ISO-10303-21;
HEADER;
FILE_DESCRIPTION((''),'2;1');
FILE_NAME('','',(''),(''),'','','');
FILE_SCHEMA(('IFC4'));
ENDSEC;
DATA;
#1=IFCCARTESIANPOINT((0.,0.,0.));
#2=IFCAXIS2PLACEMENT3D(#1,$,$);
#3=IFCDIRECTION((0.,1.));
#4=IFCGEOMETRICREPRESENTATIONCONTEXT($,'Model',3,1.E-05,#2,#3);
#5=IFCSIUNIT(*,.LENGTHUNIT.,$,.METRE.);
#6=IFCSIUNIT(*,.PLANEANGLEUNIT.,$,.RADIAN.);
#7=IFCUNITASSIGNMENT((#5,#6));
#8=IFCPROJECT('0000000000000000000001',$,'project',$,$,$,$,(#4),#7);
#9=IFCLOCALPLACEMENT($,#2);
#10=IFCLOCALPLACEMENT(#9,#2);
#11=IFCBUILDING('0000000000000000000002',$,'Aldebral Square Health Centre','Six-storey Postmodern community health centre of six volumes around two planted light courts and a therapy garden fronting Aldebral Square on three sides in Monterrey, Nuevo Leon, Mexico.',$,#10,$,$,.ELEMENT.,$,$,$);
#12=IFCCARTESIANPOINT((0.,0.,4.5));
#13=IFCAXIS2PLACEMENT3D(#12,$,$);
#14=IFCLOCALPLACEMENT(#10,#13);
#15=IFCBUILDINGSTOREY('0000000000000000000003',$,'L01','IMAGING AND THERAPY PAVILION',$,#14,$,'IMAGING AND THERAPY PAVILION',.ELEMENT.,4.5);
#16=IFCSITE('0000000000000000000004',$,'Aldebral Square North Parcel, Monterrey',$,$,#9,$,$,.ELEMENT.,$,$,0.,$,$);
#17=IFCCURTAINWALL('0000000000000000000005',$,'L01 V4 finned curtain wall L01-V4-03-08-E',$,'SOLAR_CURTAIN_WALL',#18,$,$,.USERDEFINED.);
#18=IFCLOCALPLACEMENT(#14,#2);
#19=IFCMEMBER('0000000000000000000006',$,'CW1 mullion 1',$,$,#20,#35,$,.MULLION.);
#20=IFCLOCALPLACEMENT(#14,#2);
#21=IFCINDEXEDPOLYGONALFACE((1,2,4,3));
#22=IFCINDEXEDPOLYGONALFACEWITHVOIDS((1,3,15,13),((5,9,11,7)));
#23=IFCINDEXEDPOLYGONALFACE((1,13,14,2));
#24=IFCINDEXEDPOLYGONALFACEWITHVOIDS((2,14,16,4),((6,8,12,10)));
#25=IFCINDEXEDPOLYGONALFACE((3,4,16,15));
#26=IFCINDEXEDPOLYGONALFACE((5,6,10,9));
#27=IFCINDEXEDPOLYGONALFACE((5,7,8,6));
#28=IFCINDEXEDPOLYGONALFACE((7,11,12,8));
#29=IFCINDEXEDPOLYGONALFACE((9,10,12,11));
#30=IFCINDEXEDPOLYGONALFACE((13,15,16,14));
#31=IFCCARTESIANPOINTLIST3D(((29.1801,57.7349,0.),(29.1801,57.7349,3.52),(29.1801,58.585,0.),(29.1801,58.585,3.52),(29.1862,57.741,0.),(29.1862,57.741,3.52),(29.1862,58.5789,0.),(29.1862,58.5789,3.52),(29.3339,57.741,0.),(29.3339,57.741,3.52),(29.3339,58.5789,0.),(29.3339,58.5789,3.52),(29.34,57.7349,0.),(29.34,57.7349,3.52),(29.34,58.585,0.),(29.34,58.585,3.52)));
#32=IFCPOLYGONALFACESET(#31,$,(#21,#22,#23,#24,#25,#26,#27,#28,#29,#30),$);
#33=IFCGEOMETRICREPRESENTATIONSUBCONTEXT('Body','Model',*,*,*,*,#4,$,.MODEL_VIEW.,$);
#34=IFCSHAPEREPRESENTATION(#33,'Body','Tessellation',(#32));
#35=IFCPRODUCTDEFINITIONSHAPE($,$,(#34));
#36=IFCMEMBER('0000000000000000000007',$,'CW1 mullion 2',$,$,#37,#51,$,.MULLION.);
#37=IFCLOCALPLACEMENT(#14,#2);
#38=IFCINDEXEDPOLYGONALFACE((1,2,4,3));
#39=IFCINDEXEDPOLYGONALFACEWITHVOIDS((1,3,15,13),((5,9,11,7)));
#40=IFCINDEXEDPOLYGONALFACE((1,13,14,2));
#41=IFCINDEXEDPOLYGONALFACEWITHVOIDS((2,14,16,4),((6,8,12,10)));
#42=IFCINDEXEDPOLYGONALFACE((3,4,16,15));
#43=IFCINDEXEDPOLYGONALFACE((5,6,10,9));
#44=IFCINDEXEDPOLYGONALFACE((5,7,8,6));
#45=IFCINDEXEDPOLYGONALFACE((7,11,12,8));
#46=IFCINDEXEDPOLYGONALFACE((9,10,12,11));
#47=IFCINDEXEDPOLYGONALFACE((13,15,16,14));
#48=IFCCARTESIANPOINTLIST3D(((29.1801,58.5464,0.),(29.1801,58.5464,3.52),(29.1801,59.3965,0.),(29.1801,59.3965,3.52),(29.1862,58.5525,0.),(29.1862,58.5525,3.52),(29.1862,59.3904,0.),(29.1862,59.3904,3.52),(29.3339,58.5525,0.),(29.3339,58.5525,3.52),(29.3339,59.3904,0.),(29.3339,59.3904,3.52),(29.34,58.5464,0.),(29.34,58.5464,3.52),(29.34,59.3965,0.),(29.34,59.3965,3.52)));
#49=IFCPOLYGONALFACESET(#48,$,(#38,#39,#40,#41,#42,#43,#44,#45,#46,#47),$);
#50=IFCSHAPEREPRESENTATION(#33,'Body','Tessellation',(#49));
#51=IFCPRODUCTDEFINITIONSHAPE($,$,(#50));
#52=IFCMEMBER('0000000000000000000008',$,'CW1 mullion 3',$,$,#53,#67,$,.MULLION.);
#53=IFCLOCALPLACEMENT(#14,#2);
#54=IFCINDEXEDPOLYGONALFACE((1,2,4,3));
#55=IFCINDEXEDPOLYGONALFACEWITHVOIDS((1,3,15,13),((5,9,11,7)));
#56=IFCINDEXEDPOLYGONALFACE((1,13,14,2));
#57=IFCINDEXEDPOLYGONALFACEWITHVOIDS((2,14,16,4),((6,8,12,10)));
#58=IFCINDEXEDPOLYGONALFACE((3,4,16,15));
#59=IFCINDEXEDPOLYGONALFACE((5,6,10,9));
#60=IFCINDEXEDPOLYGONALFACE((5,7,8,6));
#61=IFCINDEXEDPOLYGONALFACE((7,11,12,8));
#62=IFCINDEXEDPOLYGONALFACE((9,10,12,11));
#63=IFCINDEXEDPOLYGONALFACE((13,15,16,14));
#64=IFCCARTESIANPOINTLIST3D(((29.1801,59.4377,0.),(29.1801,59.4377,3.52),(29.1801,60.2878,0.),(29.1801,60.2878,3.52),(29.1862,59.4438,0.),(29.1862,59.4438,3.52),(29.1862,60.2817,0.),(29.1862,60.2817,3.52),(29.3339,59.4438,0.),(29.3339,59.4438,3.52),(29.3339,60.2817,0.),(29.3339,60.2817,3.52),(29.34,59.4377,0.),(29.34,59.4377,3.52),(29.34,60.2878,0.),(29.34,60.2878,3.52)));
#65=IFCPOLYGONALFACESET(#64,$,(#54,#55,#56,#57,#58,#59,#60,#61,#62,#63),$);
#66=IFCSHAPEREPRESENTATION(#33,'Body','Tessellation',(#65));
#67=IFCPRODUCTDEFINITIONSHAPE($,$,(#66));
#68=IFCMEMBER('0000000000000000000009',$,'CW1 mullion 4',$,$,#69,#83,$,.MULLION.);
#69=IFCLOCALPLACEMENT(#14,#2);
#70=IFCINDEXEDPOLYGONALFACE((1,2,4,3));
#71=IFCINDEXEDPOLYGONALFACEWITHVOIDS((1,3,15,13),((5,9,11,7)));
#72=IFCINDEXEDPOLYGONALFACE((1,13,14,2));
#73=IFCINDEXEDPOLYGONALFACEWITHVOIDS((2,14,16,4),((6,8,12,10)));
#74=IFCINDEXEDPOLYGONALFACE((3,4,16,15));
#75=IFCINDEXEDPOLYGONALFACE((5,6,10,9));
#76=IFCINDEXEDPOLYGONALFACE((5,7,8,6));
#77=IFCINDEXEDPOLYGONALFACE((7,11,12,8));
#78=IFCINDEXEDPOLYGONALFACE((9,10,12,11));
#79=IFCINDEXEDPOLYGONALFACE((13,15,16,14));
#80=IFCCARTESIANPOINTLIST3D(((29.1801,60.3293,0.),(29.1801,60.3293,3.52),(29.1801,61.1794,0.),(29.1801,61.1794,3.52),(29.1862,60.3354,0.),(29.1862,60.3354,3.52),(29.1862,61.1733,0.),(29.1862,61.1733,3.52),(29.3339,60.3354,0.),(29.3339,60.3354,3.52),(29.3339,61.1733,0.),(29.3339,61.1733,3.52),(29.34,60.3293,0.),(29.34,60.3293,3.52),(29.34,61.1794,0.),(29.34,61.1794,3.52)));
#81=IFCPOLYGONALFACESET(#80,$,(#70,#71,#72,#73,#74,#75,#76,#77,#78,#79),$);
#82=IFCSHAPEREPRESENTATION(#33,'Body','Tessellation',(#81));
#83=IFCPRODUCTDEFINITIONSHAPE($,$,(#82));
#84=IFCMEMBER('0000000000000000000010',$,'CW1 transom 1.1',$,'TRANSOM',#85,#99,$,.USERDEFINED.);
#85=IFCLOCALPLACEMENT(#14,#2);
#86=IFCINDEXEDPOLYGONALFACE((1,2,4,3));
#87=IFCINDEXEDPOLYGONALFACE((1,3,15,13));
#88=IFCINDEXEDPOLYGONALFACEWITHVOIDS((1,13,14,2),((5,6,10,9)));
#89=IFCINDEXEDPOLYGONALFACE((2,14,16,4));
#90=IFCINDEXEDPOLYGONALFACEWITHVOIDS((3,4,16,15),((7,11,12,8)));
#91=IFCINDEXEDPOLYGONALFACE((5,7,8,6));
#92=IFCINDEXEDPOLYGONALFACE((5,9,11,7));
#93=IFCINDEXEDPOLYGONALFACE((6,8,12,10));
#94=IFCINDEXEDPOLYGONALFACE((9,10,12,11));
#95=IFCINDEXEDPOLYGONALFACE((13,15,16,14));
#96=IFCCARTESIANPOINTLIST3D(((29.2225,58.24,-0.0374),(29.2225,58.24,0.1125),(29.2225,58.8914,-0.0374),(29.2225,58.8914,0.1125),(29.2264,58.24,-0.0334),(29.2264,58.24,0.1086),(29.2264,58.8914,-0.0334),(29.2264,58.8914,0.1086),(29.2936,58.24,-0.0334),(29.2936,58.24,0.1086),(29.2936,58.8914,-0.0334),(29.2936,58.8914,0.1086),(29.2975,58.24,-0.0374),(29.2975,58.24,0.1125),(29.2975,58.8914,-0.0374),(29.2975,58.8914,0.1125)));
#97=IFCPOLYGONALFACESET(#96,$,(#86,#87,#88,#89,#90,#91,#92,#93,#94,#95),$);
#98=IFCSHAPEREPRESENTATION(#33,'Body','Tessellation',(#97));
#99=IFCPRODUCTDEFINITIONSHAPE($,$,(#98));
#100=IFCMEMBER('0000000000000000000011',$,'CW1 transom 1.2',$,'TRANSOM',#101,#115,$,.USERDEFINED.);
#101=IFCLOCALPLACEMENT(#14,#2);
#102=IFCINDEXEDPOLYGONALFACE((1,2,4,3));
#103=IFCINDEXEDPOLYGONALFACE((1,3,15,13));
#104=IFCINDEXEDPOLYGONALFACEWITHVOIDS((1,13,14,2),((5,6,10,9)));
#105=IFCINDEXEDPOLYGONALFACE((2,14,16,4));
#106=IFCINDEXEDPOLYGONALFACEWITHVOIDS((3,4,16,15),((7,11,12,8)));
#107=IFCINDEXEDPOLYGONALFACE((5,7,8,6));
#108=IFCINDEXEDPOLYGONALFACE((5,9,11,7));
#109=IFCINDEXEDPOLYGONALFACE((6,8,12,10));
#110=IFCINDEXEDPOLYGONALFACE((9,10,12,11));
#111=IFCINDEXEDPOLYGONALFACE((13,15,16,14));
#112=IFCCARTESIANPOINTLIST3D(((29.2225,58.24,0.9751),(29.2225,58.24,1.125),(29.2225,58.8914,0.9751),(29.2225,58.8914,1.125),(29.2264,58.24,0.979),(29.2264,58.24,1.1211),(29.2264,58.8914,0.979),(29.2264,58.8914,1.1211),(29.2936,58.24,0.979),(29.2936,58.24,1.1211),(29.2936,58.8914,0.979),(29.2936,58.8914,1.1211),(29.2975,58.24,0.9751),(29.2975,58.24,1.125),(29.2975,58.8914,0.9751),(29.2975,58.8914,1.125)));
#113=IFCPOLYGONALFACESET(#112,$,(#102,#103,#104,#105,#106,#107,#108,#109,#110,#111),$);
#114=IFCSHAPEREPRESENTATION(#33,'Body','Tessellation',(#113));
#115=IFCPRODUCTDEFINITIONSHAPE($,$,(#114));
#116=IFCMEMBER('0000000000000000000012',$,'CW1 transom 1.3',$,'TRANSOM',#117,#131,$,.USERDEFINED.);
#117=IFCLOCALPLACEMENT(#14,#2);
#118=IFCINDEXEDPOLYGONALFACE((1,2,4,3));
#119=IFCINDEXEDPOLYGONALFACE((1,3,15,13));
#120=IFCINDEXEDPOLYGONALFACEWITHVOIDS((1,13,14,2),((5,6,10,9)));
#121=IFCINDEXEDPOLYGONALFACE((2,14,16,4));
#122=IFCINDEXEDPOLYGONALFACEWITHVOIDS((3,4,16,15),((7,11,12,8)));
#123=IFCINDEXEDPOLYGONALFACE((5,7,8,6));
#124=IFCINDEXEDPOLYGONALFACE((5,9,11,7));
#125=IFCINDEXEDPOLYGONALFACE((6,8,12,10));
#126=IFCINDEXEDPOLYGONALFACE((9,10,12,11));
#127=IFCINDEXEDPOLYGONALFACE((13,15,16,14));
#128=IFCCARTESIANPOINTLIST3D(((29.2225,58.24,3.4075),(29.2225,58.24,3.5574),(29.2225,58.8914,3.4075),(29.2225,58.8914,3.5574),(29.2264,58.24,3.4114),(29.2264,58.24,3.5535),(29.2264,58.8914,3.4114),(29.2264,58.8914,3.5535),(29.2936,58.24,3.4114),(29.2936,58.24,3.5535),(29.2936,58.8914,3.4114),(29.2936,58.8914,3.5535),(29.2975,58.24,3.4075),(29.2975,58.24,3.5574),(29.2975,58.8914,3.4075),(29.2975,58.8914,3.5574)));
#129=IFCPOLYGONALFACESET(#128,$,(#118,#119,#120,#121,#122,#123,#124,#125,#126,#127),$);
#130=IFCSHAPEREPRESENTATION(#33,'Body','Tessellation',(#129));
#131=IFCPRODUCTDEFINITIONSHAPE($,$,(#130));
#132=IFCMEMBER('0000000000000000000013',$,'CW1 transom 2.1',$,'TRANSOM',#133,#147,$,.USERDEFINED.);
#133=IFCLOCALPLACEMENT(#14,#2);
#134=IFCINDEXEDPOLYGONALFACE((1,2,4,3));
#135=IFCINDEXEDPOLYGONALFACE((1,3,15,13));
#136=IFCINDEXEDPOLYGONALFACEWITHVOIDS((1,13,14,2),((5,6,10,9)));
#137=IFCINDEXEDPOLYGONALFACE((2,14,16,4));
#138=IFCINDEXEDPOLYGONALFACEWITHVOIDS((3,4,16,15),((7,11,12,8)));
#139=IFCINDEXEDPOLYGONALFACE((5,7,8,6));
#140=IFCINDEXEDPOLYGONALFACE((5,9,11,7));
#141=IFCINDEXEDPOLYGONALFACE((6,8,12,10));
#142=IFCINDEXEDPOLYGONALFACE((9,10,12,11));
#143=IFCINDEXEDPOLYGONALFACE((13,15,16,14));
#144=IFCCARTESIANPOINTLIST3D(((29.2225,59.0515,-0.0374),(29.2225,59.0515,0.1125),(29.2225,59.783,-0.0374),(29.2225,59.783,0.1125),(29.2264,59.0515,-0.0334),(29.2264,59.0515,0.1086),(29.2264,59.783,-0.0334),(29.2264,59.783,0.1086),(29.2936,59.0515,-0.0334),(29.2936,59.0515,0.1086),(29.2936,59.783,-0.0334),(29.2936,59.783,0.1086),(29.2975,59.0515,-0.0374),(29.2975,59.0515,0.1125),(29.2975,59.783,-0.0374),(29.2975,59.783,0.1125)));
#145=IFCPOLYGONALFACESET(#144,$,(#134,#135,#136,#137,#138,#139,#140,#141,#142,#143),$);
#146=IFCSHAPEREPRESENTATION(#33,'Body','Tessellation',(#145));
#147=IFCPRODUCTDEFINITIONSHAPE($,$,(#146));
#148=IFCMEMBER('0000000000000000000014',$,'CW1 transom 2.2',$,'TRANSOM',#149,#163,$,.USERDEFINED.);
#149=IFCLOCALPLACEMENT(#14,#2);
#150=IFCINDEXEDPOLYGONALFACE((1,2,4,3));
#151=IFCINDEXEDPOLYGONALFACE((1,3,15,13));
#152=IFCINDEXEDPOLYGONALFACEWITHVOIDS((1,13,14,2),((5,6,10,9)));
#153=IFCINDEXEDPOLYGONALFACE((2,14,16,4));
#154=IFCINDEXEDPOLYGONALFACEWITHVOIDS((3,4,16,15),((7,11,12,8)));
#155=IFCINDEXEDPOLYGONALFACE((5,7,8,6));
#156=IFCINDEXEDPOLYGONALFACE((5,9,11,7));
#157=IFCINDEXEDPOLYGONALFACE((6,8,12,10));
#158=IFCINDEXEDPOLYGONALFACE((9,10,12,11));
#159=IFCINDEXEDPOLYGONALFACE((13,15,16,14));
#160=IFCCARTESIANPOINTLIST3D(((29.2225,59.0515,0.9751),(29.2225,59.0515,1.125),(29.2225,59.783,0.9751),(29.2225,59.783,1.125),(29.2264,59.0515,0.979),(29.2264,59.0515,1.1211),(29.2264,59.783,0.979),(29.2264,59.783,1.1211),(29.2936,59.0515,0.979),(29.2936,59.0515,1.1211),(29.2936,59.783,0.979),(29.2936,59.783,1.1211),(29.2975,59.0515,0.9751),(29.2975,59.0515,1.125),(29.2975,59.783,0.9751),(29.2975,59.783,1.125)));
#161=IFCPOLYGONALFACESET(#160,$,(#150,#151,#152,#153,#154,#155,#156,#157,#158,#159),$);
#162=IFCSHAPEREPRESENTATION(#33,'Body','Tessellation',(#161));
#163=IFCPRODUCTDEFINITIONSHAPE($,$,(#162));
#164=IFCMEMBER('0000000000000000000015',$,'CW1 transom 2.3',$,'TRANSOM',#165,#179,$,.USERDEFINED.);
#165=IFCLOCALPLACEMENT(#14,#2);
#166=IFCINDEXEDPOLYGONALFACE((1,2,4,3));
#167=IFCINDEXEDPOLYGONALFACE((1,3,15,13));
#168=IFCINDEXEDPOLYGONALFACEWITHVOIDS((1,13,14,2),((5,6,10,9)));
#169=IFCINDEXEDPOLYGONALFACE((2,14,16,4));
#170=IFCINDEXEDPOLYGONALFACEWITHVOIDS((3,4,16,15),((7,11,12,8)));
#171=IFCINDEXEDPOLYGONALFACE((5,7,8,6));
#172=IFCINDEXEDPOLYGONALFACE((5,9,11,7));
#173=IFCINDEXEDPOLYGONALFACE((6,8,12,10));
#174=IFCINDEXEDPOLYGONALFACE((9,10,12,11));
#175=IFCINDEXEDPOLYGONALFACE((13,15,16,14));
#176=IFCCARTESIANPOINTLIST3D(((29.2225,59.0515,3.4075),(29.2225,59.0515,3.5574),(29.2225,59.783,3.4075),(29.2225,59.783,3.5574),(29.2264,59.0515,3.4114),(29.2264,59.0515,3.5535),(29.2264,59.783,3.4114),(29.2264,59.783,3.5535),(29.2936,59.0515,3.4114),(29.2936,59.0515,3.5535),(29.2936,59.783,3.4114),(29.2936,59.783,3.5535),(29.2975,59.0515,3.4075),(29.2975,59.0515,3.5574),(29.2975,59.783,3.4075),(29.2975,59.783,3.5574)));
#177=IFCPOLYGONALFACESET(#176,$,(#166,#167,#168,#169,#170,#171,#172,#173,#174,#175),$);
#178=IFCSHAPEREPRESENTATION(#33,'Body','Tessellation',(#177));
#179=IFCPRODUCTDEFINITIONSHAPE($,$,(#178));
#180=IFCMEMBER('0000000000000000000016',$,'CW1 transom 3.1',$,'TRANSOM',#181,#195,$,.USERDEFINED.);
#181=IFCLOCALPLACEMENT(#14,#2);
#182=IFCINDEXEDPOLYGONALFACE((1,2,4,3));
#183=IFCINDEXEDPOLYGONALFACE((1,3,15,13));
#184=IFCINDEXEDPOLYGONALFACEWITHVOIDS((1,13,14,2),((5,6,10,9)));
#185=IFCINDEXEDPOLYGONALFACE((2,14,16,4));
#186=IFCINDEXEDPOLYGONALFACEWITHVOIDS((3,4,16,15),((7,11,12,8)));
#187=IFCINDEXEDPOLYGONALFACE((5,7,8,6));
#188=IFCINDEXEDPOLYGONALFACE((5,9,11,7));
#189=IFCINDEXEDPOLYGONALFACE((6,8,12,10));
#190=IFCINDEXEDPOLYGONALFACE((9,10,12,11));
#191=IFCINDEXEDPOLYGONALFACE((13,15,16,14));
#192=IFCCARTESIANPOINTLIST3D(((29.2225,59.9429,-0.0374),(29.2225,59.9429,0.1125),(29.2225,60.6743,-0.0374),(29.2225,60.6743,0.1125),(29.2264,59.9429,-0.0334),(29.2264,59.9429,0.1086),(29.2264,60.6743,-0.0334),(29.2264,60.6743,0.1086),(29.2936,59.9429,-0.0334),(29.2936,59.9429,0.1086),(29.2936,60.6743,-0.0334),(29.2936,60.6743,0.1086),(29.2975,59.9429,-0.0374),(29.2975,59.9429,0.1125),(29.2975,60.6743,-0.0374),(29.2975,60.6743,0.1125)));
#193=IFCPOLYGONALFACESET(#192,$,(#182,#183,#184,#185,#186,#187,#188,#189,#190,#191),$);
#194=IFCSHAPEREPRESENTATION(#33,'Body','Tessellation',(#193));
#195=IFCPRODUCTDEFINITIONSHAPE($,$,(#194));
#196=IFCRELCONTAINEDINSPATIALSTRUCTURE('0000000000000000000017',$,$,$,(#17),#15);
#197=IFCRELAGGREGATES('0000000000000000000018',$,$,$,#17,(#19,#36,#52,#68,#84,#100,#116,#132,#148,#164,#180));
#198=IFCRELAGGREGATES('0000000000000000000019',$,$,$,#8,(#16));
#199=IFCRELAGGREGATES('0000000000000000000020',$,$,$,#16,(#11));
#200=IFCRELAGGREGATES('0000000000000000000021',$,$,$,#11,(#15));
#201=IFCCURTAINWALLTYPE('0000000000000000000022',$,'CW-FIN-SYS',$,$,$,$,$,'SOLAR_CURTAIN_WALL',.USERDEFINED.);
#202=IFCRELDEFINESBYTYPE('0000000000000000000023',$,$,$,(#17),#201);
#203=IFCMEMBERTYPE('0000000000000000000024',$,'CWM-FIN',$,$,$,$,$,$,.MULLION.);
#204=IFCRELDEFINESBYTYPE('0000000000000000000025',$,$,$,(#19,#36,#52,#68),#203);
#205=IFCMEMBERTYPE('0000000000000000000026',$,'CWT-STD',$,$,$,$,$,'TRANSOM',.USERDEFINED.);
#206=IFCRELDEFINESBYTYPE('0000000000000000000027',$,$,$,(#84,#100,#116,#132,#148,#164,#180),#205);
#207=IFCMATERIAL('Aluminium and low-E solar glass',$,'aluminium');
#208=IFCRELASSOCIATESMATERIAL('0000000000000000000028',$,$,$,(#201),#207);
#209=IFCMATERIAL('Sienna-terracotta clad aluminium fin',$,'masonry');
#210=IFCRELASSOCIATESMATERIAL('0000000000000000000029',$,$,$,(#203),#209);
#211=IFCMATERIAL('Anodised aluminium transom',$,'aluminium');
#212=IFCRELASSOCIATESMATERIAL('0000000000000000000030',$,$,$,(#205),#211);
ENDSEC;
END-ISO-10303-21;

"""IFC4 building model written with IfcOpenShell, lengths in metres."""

from ifc_helpers import new_model, si_unit, direction, frame, origin, origin_2d, place, context, subcontext, project, spatial, hollow_rectangle, extrude, material, material_profile, profile_set, type_object, element, aggregate, save


model = new_model("IFC4")

# Units and contexts
model_context = context("Model", 3, precision=1e-05, world=origin(), true_north=direction((0.0, 1.0)))
body_context = subcontext(model_context, "Body", "Model", "MODEL_VIEW")
ifc_project = project(units=[si_unit("LENGTHUNIT", "METRE"), si_unit("PLANEANGLEUNIT", "RADIAN")], contexts=[model_context])

# Site, building, storey
site_placement = place(None, origin())
site = spatial("IfcSite", under=ifc_project, at=site_placement, Name="Aldebral Square North Parcel, Monterrey", CompositionType="ELEMENT", RefElevation=0.0)
building_placement = place(site_placement, origin())
building = spatial("IfcBuilding", under=site, at=building_placement, Name="Aldebral Square Health Centre", Description="Six-storey Postmodern community health centre of six volumes around two planted light courts and a therapy garden fronting Aldebral Square on three sides in Monterrey, Nuevo Leon, Mexico.", CompositionType="ELEMENT")
storey_placement = place(building_placement, frame((0.0, 0.0, 4.5)))
storey = spatial("IfcBuildingStorey", under=building, at=storey_placement, Name="L01", Description="IMAGING AND THERAPY PAVILION", LongName="IMAGING AND THERAPY PAVILION", CompositionType="ELEMENT", Elevation=4.5)

# Curtain wall, members
ifc_material_1 = material(Name="Aluminium and low-E solar glass", Category="aluminium")
curtain_wall_type = type_object("IfcCurtainWallType", Name="CW-FIN-SYS", ElementType="SOLAR_CURTAIN_WALL", PredefinedType="USERDEFINED", material=ifc_material_1)
curtain_wall_placement = place(storey_placement, origin())
curtain_wall = element("IfcCurtainWall", 1, at=curtain_wall_placement, inside=storey, type_object=curtain_wall_type, Name="L01 V4 finned curtain wall L01-V4-03-08-E", ObjectType="SOLAR_CURTAIN_WALL", PredefinedType="USERDEFINED")
ifc_material_2 = material(Name="Sienna-terracotta clad aluminium fin", Category="masonry")
ifc_material_profile_1 = material_profile(ifc_material_2, hollow_rectangle(XDim=0.1599, YDim=0.8501, WallThickness=0.0061, at=origin_2d()), Name="FIN 160x850x6")
ifc_profile_set_1 = profile_set([ifc_material_profile_1], Name="Sienna-terracotta clad aluminium fin")
member_type_1 = type_object("IfcMemberType", Name="CWM-FIN", PredefinedType="MULLION", material=ifc_profile_set_1)
member_1_placement = place(storey_placement, frame((29.26, 58.1599, 0.0), z_axis=(0.0, 0.0, 1.0), x_axis=(-1.0, 0.0, 0.0)))
member_1 = element("IfcMember", 2, at=member_1_placement, type_object=member_type_1, Name="CW1 mullion 1", PredefinedType="MULLION", context=body_context, shape_type="SweptSolid", body=[
    extrude(hollow_rectangle(XDim=0.1599, YDim=0.8501, WallThickness=0.0061, at=origin_2d()), origin(), (0.0, 0.0, 1.0), 3.52),
])
member_2_placement = place(storey_placement, frame((29.26, 58.9714, 0.0), z_axis=(0.0, 0.0, 1.0), x_axis=(-1.0, 0.0, 0.0)))
member_2 = element("IfcMember", 3, at=member_2_placement, type_object=member_type_1, Name="CW1 mullion 2", PredefinedType="MULLION", context=body_context, shape_type="SweptSolid", body=[
    extrude(hollow_rectangle(XDim=0.1599, YDim=0.8501, WallThickness=0.0061, at=origin_2d()), origin(), (0.0, 0.0, 1.0), 3.52),
])
member_3_placement = place(storey_placement, frame((29.26, 59.8628, 0.0), z_axis=(0.0, 0.0, 1.0), x_axis=(-1.0, 0.0, 0.0)))
member_3 = element("IfcMember", 4, at=member_3_placement, type_object=member_type_1, Name="CW1 mullion 3", PredefinedType="MULLION", context=body_context, shape_type="SweptSolid", body=[
    extrude(hollow_rectangle(XDim=0.1599, YDim=0.8501, WallThickness=0.0061, at=origin_2d()), origin(), (0.0, 0.0, 1.0), 3.52),
])
member_4_placement = place(storey_placement, frame((29.26, 60.7544, 0.0), z_axis=(0.0, 0.0, 1.0), x_axis=(-1.0, 0.0, 0.0)))
member_4 = element("IfcMember", 5, at=member_4_placement, type_object=member_type_1, Name="CW1 mullion 4", PredefinedType="MULLION", context=body_context, shape_type="SweptSolid", body=[
    extrude(hollow_rectangle(XDim=0.1599, YDim=0.8501, WallThickness=0.0061, at=origin_2d()), origin(), (0.0, 0.0, 1.0), 3.52),
])
ifc_material_3 = material(Name="Anodised aluminium transom", Category="aluminium")
ifc_material_profile_2 = material_profile(ifc_material_3, hollow_rectangle(XDim=0.075, YDim=0.1499, WallThickness=0.0039, at=origin_2d()), Name="CWT 75x150x4")
ifc_profile_set_2 = profile_set([ifc_material_profile_2], Name="Anodised aluminium transom")
member_type_2 = type_object("IfcMemberType", Name="CWT-STD", ElementType="TRANSOM", PredefinedType="USERDEFINED", material=ifc_profile_set_2)
member_5_placement = place(storey_placement, frame((29.26, 58.24, 0.0376), z_axis=(0.0, 1.0, 0.0), x_axis=(-1.0, 0.0, 0.0)))
member_5 = element("IfcMember", 6, at=member_5_placement, type_object=member_type_2, Name="CW1 transom 1.1", ObjectType="TRANSOM", PredefinedType="USERDEFINED", context=body_context, shape_type="SweptSolid", body=[
    extrude(hollow_rectangle(XDim=0.075, YDim=0.1499, WallThickness=0.0039, at=origin_2d()), origin(), (0.0, 0.0, 1.0), 0.6514),
])
member_6_placement = place(storey_placement, frame((29.26, 58.24, 1.05), z_axis=(0.0, 1.0, 0.0), x_axis=(-1.0, 0.0, 0.0)))
member_6 = element("IfcMember", 7, at=member_6_placement, type_object=member_type_2, Name="CW1 transom 1.2", ObjectType="TRANSOM", PredefinedType="USERDEFINED", context=body_context, shape_type="SweptSolid", body=[
    extrude(hollow_rectangle(XDim=0.075, YDim=0.1499, WallThickness=0.0039, at=origin_2d()), origin(), (0.0, 0.0, 1.0), 0.6514),
])
member_7_placement = place(storey_placement, frame((29.26, 58.24, 3.4824), z_axis=(0.0, 1.0, 0.0), x_axis=(-1.0, 0.0, 0.0)))
member_7 = element("IfcMember", 8, at=member_7_placement, type_object=member_type_2, Name="CW1 transom 1.3", ObjectType="TRANSOM", PredefinedType="USERDEFINED", context=body_context, shape_type="SweptSolid", body=[
    extrude(hollow_rectangle(XDim=0.075, YDim=0.1499, WallThickness=0.0039, at=origin_2d()), origin(), (0.0, 0.0, 1.0), 0.6514),
])
member_8_placement = place(storey_placement, frame((29.26, 59.0515, 0.0376), z_axis=(0.0, 1.0, 0.0), x_axis=(-1.0, 0.0, 0.0)))
member_8 = element("IfcMember", 9, at=member_8_placement, type_object=member_type_2, Name="CW1 transom 2.1", ObjectType="TRANSOM", PredefinedType="USERDEFINED", context=body_context, shape_type="SweptSolid", body=[
    extrude(hollow_rectangle(XDim=0.075, YDim=0.1499, WallThickness=0.0039, at=origin_2d()), origin(), (0.0, 0.0, 1.0), 0.7314),
])
member_9_placement = place(storey_placement, frame((29.26, 59.0515, 1.05), z_axis=(0.0, 1.0, 0.0), x_axis=(-1.0, 0.0, 0.0)))
member_9 = element("IfcMember", 10, at=member_9_placement, type_object=member_type_2, Name="CW1 transom 2.2", ObjectType="TRANSOM", PredefinedType="USERDEFINED", context=body_context, shape_type="SweptSolid", body=[
    extrude(hollow_rectangle(XDim=0.075, YDim=0.1499, WallThickness=0.0039, at=origin_2d()), origin(), (0.0, 0.0, 1.0), 0.7314),
])
member_10_placement = place(storey_placement, frame((29.26, 59.0515, 3.4824), z_axis=(0.0, 1.0, 0.0), x_axis=(-1.0, 0.0, 0.0)))
member_10 = element("IfcMember", 11, at=member_10_placement, type_object=member_type_2, Name="CW1 transom 2.3", ObjectType="TRANSOM", PredefinedType="USERDEFINED", context=body_context, shape_type="SweptSolid", body=[
    extrude(hollow_rectangle(XDim=0.075, YDim=0.1499, WallThickness=0.0039, at=origin_2d()), origin(), (0.0, 0.0, 1.0), 0.7314),
])
member_11_placement = place(storey_placement, frame((29.26, 59.9429, 0.0376), z_axis=(0.0, 1.0, 0.0), x_axis=(-1.0, 0.0, 0.0)))
member_11 = element("IfcMember", 12, at=member_11_placement, type_object=member_type_2, Name="CW1 transom 3.1", ObjectType="TRANSOM", PredefinedType="USERDEFINED", context=body_context, shape_type="SweptSolid", body=[
    extrude(hollow_rectangle(XDim=0.075, YDim=0.1499, WallThickness=0.0039, at=origin_2d()), origin(), (0.0, 0.0, 1.0), 0.7314),
])
aggregate(curtain_wall, [member_1, member_2, member_3, member_4, member_5, member_6, member_7, member_8, member_9, member_10, member_11])

save(model, "model.ifc")
